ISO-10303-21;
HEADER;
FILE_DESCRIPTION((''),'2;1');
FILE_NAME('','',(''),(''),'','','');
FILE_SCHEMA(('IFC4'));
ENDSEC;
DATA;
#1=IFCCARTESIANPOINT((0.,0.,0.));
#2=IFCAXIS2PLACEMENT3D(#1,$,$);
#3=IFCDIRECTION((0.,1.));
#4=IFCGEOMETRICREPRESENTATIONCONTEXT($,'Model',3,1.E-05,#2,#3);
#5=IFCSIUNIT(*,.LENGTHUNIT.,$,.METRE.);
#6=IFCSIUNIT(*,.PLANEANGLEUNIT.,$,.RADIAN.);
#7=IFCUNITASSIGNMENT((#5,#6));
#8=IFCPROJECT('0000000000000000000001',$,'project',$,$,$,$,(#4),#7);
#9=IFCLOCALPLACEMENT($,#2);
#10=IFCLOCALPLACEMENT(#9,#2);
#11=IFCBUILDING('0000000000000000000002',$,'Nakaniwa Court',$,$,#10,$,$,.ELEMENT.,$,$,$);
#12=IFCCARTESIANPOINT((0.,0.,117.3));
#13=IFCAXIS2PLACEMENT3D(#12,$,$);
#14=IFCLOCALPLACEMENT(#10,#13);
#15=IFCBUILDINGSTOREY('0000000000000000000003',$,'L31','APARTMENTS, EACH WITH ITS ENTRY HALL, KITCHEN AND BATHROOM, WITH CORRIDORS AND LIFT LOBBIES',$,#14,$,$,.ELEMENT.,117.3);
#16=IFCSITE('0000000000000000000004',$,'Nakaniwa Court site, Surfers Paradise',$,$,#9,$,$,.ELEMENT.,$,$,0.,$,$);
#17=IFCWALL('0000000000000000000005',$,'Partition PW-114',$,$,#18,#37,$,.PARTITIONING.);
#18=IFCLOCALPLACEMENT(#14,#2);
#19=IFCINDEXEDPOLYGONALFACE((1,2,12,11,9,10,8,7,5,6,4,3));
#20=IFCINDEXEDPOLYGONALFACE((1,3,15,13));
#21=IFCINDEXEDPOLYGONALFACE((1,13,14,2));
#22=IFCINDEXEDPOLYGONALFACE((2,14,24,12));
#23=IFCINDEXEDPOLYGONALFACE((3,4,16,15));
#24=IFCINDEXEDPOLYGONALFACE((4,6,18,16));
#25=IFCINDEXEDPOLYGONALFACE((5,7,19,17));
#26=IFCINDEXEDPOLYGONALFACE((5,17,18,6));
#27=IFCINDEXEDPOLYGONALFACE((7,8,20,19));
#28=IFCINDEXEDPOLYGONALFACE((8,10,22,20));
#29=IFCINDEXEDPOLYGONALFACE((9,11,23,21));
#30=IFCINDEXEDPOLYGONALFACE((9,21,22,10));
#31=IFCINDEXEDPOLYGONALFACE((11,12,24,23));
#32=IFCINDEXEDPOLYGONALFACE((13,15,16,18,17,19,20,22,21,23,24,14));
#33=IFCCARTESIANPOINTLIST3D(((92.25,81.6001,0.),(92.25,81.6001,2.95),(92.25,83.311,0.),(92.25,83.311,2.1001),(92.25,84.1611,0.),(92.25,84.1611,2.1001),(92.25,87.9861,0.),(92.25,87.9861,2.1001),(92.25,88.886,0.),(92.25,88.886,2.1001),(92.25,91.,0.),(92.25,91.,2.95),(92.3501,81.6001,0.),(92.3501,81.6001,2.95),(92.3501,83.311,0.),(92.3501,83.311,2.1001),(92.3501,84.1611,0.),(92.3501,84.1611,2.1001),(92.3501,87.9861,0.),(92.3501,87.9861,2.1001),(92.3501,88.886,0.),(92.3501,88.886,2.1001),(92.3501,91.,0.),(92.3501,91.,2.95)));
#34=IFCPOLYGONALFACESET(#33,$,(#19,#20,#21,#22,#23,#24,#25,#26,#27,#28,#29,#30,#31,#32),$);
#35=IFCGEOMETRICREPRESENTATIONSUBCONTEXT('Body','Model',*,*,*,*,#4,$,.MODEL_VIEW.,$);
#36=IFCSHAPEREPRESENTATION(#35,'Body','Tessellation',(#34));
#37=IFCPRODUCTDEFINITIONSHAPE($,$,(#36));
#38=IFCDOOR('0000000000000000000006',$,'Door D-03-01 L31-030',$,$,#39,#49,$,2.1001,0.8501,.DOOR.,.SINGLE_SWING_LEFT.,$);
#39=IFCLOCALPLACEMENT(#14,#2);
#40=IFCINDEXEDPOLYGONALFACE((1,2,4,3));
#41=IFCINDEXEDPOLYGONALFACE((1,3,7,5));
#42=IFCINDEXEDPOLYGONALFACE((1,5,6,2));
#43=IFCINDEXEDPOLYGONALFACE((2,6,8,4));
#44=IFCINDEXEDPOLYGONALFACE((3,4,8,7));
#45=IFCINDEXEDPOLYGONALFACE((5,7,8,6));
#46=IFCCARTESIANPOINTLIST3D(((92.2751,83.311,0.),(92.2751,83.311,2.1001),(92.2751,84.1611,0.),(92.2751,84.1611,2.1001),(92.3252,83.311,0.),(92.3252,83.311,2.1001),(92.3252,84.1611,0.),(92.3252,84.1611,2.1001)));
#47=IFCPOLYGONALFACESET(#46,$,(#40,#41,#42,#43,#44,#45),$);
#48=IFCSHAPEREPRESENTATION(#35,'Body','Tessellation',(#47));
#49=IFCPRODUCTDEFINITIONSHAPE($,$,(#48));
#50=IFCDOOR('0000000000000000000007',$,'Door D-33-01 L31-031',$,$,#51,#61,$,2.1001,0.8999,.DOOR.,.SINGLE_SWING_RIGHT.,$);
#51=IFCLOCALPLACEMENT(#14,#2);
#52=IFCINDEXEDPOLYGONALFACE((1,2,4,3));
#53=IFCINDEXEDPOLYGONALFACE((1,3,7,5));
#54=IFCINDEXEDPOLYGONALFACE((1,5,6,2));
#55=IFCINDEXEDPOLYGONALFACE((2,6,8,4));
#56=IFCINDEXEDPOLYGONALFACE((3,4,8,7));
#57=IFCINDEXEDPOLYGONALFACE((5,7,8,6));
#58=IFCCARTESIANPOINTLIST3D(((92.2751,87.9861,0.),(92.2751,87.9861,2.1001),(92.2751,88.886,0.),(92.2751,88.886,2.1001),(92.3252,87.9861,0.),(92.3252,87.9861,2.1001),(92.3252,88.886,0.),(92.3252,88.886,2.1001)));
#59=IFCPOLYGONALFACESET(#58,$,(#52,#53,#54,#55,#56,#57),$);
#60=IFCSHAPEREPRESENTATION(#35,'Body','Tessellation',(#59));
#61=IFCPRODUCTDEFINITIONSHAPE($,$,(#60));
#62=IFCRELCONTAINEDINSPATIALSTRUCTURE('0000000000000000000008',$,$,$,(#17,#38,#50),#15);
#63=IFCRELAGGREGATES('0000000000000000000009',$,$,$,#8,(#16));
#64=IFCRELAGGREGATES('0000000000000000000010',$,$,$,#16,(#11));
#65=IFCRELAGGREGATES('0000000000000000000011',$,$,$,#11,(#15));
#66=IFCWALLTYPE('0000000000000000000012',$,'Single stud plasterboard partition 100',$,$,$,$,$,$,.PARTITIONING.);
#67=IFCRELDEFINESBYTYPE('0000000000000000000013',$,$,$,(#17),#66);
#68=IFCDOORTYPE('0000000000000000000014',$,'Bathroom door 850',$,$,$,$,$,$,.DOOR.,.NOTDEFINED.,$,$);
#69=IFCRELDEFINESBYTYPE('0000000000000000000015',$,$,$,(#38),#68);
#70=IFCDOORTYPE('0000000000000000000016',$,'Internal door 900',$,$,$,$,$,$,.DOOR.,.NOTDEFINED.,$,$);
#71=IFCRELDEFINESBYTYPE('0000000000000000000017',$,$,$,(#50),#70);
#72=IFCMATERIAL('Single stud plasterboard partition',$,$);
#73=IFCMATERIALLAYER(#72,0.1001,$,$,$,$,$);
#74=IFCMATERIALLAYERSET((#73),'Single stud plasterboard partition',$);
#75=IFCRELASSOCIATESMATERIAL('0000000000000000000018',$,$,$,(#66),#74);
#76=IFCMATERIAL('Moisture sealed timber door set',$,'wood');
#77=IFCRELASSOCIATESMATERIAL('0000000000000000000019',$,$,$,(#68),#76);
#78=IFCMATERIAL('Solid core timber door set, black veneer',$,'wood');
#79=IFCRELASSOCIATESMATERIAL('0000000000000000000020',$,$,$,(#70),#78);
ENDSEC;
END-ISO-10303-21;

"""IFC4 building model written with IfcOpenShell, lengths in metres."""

from ifc_helpers import new_model, si_unit, direction, frame, frame_2d, origin, place, context, subcontext, project, spatial, rectangle, extrude, material, layer, layer_set, type_object, element, fill, save


model = new_model("IFC4")

# Units and contexts
model_context = context("Model", 3, precision=1e-05, world=origin(), true_north=direction((0.0, 1.0)))
body_context = subcontext(model_context, "Body", "Model", "MODEL_VIEW")
ifc_project = project(units=[si_unit("LENGTHUNIT", "METRE"), si_unit("PLANEANGLEUNIT", "RADIAN")], contexts=[model_context])

# Site, building, storey
site_placement = place(None, origin())
site = spatial("IfcSite", under=ifc_project, at=site_placement, Name="Nakaniwa Court site, Surfers Paradise", CompositionType="ELEMENT", RefElevation=0.0)
building_placement = place(site_placement, origin())
building = spatial("IfcBuilding", under=site, at=building_placement, Name="Nakaniwa Court", CompositionType="ELEMENT")
storey_placement = place(building_placement, frame((0.0, 0.0, 117.3)))
storey = spatial("IfcBuildingStorey", under=building, at=storey_placement, Name="L31", Description="APARTMENTS, EACH WITH ITS ENTRY HALL, KITCHEN AND BATHROOM, WITH CORRIDORS AND LIFT LOBBIES", CompositionType="ELEMENT", Elevation=117.3)

# Shared definitions
ifc_material_1 = material(Name="Solid core timber door set, black veneer", Category="wood")

# Shared definitions
ifc_material_2 = material(Name="Single stud plasterboard partition")
ifc_layer_1 = layer(ifc_material_2, 0.1001)
ifc_layer_set_1 = layer_set([ifc_layer_1], Name="Single stud plasterboard partition")
wall_type_1 = type_object("IfcWallType", Name="Single stud plasterboard partition 100", PredefinedType="PARTITIONING", material=ifc_layer_set_1)

# Wall, openings, doors
wall_1_placement = place(storey_placement, frame((92.3, 81.6001, 0.0), z_axis=(0.0, 0.0, 1.0), x_axis=(0.0, 1.0, 0.0)))
wall_1 = element("IfcWall", 1, at=wall_1_placement, inside=storey, type_object=wall_type_1, Name="Partition PW-114", PredefinedType="PARTITIONING", context=body_context, shape_type="SweptSolid", body=[
    extrude(rectangle(XDim=9.3999, YDim=0.1001, at=frame_2d((4.7, 0.0))), origin(), (0.0, 0.0, 1.0), 2.95),
])
opening_1_placement = place(wall_1_placement, frame((1.7109, 0.0, 0.0)))
opening_1 = element("IfcOpeningElement", 2, at=opening_1_placement, cuts=wall_1, PredefinedType="OPENING", context=body_context, shape_type="SweptSolid", body=[
    extrude(rectangle(XDim=0.8501, YDim=2.1001, at=frame_2d((0.425, 1.05))), frame((0.0, 0.0601, 0.0), z_axis=(0.0, -1.0, 0.0), x_axis=(1.0, 0.0, 0.0)), (0.0, 0.0, 1.0), 0.1201),
])
opening_2_placement = place(wall_1_placement, frame((6.386, 0.0, 0.0)))
opening_2 = element("IfcOpeningElement", 3, at=opening_2_placement, cuts=wall_1, PredefinedType="OPENING", context=body_context, shape_type="SweptSolid", body=[
    extrude(rectangle(XDim=0.8999, YDim=2.1001, at=frame_2d((0.45, 1.05))), frame((0.0, 0.0601, 0.0), z_axis=(0.0, -1.0, 0.0), x_axis=(1.0, 0.0, 0.0)), (0.0, 0.0, 1.0), 0.1201),
])
ifc_material_3 = material(Name="Moisture sealed timber door set", Category="wood")
door_type_1 = type_object("IfcDoorType", Name="Bathroom door 850", OperationType="NOTDEFINED", PredefinedType="DOOR", material=ifc_material_3)
door_1_placement = place(opening_1_placement, origin())
door_1 = element("IfcDoor", 4, at=door_1_placement, inside=storey, type_object=door_type_1, Name="Door D-03-01 L31-030", OperationType="SINGLE_SWING_LEFT", OverallHeight=2.1001, OverallWidth=0.8501, PredefinedType="DOOR", context=body_context, shape_type="SweptSolid", body=[
    extrude(rectangle(XDim=0.8501, YDim=2.1001, at=frame_2d((0.425, 1.05))), frame((0.0, 0.0249, 0.0), z_axis=(0.0, -1.0, 0.0), x_axis=(1.0, 0.0, 0.0)), (0.0, 0.0, 1.0), 0.05),
])
fill(opening_1, door_1)
door_type_2 = type_object("IfcDoorType", Name="Internal door 900", OperationType="NOTDEFINED", PredefinedType="DOOR", material=ifc_material_1)
door_2_placement = place(opening_2_placement, origin())
door_2 = element("IfcDoor", 5, at=door_2_placement, inside=storey, type_object=door_type_2, Name="Door D-33-01 L31-031", OperationType="SINGLE_SWING_RIGHT", OverallHeight=2.1001, OverallWidth=0.8999, PredefinedType="DOOR", context=body_context, shape_type="SweptSolid", body=[
    extrude(rectangle(XDim=0.8999, YDim=2.1001, at=frame_2d((0.45, 1.05))), frame((0.0, 0.0249, 0.0), z_axis=(0.0, -1.0, 0.0), x_axis=(1.0, 0.0, 0.0)), (0.0, 0.0, 1.0), 0.05),
])
fill(opening_2, door_2)

save(model, "model.ifc")
